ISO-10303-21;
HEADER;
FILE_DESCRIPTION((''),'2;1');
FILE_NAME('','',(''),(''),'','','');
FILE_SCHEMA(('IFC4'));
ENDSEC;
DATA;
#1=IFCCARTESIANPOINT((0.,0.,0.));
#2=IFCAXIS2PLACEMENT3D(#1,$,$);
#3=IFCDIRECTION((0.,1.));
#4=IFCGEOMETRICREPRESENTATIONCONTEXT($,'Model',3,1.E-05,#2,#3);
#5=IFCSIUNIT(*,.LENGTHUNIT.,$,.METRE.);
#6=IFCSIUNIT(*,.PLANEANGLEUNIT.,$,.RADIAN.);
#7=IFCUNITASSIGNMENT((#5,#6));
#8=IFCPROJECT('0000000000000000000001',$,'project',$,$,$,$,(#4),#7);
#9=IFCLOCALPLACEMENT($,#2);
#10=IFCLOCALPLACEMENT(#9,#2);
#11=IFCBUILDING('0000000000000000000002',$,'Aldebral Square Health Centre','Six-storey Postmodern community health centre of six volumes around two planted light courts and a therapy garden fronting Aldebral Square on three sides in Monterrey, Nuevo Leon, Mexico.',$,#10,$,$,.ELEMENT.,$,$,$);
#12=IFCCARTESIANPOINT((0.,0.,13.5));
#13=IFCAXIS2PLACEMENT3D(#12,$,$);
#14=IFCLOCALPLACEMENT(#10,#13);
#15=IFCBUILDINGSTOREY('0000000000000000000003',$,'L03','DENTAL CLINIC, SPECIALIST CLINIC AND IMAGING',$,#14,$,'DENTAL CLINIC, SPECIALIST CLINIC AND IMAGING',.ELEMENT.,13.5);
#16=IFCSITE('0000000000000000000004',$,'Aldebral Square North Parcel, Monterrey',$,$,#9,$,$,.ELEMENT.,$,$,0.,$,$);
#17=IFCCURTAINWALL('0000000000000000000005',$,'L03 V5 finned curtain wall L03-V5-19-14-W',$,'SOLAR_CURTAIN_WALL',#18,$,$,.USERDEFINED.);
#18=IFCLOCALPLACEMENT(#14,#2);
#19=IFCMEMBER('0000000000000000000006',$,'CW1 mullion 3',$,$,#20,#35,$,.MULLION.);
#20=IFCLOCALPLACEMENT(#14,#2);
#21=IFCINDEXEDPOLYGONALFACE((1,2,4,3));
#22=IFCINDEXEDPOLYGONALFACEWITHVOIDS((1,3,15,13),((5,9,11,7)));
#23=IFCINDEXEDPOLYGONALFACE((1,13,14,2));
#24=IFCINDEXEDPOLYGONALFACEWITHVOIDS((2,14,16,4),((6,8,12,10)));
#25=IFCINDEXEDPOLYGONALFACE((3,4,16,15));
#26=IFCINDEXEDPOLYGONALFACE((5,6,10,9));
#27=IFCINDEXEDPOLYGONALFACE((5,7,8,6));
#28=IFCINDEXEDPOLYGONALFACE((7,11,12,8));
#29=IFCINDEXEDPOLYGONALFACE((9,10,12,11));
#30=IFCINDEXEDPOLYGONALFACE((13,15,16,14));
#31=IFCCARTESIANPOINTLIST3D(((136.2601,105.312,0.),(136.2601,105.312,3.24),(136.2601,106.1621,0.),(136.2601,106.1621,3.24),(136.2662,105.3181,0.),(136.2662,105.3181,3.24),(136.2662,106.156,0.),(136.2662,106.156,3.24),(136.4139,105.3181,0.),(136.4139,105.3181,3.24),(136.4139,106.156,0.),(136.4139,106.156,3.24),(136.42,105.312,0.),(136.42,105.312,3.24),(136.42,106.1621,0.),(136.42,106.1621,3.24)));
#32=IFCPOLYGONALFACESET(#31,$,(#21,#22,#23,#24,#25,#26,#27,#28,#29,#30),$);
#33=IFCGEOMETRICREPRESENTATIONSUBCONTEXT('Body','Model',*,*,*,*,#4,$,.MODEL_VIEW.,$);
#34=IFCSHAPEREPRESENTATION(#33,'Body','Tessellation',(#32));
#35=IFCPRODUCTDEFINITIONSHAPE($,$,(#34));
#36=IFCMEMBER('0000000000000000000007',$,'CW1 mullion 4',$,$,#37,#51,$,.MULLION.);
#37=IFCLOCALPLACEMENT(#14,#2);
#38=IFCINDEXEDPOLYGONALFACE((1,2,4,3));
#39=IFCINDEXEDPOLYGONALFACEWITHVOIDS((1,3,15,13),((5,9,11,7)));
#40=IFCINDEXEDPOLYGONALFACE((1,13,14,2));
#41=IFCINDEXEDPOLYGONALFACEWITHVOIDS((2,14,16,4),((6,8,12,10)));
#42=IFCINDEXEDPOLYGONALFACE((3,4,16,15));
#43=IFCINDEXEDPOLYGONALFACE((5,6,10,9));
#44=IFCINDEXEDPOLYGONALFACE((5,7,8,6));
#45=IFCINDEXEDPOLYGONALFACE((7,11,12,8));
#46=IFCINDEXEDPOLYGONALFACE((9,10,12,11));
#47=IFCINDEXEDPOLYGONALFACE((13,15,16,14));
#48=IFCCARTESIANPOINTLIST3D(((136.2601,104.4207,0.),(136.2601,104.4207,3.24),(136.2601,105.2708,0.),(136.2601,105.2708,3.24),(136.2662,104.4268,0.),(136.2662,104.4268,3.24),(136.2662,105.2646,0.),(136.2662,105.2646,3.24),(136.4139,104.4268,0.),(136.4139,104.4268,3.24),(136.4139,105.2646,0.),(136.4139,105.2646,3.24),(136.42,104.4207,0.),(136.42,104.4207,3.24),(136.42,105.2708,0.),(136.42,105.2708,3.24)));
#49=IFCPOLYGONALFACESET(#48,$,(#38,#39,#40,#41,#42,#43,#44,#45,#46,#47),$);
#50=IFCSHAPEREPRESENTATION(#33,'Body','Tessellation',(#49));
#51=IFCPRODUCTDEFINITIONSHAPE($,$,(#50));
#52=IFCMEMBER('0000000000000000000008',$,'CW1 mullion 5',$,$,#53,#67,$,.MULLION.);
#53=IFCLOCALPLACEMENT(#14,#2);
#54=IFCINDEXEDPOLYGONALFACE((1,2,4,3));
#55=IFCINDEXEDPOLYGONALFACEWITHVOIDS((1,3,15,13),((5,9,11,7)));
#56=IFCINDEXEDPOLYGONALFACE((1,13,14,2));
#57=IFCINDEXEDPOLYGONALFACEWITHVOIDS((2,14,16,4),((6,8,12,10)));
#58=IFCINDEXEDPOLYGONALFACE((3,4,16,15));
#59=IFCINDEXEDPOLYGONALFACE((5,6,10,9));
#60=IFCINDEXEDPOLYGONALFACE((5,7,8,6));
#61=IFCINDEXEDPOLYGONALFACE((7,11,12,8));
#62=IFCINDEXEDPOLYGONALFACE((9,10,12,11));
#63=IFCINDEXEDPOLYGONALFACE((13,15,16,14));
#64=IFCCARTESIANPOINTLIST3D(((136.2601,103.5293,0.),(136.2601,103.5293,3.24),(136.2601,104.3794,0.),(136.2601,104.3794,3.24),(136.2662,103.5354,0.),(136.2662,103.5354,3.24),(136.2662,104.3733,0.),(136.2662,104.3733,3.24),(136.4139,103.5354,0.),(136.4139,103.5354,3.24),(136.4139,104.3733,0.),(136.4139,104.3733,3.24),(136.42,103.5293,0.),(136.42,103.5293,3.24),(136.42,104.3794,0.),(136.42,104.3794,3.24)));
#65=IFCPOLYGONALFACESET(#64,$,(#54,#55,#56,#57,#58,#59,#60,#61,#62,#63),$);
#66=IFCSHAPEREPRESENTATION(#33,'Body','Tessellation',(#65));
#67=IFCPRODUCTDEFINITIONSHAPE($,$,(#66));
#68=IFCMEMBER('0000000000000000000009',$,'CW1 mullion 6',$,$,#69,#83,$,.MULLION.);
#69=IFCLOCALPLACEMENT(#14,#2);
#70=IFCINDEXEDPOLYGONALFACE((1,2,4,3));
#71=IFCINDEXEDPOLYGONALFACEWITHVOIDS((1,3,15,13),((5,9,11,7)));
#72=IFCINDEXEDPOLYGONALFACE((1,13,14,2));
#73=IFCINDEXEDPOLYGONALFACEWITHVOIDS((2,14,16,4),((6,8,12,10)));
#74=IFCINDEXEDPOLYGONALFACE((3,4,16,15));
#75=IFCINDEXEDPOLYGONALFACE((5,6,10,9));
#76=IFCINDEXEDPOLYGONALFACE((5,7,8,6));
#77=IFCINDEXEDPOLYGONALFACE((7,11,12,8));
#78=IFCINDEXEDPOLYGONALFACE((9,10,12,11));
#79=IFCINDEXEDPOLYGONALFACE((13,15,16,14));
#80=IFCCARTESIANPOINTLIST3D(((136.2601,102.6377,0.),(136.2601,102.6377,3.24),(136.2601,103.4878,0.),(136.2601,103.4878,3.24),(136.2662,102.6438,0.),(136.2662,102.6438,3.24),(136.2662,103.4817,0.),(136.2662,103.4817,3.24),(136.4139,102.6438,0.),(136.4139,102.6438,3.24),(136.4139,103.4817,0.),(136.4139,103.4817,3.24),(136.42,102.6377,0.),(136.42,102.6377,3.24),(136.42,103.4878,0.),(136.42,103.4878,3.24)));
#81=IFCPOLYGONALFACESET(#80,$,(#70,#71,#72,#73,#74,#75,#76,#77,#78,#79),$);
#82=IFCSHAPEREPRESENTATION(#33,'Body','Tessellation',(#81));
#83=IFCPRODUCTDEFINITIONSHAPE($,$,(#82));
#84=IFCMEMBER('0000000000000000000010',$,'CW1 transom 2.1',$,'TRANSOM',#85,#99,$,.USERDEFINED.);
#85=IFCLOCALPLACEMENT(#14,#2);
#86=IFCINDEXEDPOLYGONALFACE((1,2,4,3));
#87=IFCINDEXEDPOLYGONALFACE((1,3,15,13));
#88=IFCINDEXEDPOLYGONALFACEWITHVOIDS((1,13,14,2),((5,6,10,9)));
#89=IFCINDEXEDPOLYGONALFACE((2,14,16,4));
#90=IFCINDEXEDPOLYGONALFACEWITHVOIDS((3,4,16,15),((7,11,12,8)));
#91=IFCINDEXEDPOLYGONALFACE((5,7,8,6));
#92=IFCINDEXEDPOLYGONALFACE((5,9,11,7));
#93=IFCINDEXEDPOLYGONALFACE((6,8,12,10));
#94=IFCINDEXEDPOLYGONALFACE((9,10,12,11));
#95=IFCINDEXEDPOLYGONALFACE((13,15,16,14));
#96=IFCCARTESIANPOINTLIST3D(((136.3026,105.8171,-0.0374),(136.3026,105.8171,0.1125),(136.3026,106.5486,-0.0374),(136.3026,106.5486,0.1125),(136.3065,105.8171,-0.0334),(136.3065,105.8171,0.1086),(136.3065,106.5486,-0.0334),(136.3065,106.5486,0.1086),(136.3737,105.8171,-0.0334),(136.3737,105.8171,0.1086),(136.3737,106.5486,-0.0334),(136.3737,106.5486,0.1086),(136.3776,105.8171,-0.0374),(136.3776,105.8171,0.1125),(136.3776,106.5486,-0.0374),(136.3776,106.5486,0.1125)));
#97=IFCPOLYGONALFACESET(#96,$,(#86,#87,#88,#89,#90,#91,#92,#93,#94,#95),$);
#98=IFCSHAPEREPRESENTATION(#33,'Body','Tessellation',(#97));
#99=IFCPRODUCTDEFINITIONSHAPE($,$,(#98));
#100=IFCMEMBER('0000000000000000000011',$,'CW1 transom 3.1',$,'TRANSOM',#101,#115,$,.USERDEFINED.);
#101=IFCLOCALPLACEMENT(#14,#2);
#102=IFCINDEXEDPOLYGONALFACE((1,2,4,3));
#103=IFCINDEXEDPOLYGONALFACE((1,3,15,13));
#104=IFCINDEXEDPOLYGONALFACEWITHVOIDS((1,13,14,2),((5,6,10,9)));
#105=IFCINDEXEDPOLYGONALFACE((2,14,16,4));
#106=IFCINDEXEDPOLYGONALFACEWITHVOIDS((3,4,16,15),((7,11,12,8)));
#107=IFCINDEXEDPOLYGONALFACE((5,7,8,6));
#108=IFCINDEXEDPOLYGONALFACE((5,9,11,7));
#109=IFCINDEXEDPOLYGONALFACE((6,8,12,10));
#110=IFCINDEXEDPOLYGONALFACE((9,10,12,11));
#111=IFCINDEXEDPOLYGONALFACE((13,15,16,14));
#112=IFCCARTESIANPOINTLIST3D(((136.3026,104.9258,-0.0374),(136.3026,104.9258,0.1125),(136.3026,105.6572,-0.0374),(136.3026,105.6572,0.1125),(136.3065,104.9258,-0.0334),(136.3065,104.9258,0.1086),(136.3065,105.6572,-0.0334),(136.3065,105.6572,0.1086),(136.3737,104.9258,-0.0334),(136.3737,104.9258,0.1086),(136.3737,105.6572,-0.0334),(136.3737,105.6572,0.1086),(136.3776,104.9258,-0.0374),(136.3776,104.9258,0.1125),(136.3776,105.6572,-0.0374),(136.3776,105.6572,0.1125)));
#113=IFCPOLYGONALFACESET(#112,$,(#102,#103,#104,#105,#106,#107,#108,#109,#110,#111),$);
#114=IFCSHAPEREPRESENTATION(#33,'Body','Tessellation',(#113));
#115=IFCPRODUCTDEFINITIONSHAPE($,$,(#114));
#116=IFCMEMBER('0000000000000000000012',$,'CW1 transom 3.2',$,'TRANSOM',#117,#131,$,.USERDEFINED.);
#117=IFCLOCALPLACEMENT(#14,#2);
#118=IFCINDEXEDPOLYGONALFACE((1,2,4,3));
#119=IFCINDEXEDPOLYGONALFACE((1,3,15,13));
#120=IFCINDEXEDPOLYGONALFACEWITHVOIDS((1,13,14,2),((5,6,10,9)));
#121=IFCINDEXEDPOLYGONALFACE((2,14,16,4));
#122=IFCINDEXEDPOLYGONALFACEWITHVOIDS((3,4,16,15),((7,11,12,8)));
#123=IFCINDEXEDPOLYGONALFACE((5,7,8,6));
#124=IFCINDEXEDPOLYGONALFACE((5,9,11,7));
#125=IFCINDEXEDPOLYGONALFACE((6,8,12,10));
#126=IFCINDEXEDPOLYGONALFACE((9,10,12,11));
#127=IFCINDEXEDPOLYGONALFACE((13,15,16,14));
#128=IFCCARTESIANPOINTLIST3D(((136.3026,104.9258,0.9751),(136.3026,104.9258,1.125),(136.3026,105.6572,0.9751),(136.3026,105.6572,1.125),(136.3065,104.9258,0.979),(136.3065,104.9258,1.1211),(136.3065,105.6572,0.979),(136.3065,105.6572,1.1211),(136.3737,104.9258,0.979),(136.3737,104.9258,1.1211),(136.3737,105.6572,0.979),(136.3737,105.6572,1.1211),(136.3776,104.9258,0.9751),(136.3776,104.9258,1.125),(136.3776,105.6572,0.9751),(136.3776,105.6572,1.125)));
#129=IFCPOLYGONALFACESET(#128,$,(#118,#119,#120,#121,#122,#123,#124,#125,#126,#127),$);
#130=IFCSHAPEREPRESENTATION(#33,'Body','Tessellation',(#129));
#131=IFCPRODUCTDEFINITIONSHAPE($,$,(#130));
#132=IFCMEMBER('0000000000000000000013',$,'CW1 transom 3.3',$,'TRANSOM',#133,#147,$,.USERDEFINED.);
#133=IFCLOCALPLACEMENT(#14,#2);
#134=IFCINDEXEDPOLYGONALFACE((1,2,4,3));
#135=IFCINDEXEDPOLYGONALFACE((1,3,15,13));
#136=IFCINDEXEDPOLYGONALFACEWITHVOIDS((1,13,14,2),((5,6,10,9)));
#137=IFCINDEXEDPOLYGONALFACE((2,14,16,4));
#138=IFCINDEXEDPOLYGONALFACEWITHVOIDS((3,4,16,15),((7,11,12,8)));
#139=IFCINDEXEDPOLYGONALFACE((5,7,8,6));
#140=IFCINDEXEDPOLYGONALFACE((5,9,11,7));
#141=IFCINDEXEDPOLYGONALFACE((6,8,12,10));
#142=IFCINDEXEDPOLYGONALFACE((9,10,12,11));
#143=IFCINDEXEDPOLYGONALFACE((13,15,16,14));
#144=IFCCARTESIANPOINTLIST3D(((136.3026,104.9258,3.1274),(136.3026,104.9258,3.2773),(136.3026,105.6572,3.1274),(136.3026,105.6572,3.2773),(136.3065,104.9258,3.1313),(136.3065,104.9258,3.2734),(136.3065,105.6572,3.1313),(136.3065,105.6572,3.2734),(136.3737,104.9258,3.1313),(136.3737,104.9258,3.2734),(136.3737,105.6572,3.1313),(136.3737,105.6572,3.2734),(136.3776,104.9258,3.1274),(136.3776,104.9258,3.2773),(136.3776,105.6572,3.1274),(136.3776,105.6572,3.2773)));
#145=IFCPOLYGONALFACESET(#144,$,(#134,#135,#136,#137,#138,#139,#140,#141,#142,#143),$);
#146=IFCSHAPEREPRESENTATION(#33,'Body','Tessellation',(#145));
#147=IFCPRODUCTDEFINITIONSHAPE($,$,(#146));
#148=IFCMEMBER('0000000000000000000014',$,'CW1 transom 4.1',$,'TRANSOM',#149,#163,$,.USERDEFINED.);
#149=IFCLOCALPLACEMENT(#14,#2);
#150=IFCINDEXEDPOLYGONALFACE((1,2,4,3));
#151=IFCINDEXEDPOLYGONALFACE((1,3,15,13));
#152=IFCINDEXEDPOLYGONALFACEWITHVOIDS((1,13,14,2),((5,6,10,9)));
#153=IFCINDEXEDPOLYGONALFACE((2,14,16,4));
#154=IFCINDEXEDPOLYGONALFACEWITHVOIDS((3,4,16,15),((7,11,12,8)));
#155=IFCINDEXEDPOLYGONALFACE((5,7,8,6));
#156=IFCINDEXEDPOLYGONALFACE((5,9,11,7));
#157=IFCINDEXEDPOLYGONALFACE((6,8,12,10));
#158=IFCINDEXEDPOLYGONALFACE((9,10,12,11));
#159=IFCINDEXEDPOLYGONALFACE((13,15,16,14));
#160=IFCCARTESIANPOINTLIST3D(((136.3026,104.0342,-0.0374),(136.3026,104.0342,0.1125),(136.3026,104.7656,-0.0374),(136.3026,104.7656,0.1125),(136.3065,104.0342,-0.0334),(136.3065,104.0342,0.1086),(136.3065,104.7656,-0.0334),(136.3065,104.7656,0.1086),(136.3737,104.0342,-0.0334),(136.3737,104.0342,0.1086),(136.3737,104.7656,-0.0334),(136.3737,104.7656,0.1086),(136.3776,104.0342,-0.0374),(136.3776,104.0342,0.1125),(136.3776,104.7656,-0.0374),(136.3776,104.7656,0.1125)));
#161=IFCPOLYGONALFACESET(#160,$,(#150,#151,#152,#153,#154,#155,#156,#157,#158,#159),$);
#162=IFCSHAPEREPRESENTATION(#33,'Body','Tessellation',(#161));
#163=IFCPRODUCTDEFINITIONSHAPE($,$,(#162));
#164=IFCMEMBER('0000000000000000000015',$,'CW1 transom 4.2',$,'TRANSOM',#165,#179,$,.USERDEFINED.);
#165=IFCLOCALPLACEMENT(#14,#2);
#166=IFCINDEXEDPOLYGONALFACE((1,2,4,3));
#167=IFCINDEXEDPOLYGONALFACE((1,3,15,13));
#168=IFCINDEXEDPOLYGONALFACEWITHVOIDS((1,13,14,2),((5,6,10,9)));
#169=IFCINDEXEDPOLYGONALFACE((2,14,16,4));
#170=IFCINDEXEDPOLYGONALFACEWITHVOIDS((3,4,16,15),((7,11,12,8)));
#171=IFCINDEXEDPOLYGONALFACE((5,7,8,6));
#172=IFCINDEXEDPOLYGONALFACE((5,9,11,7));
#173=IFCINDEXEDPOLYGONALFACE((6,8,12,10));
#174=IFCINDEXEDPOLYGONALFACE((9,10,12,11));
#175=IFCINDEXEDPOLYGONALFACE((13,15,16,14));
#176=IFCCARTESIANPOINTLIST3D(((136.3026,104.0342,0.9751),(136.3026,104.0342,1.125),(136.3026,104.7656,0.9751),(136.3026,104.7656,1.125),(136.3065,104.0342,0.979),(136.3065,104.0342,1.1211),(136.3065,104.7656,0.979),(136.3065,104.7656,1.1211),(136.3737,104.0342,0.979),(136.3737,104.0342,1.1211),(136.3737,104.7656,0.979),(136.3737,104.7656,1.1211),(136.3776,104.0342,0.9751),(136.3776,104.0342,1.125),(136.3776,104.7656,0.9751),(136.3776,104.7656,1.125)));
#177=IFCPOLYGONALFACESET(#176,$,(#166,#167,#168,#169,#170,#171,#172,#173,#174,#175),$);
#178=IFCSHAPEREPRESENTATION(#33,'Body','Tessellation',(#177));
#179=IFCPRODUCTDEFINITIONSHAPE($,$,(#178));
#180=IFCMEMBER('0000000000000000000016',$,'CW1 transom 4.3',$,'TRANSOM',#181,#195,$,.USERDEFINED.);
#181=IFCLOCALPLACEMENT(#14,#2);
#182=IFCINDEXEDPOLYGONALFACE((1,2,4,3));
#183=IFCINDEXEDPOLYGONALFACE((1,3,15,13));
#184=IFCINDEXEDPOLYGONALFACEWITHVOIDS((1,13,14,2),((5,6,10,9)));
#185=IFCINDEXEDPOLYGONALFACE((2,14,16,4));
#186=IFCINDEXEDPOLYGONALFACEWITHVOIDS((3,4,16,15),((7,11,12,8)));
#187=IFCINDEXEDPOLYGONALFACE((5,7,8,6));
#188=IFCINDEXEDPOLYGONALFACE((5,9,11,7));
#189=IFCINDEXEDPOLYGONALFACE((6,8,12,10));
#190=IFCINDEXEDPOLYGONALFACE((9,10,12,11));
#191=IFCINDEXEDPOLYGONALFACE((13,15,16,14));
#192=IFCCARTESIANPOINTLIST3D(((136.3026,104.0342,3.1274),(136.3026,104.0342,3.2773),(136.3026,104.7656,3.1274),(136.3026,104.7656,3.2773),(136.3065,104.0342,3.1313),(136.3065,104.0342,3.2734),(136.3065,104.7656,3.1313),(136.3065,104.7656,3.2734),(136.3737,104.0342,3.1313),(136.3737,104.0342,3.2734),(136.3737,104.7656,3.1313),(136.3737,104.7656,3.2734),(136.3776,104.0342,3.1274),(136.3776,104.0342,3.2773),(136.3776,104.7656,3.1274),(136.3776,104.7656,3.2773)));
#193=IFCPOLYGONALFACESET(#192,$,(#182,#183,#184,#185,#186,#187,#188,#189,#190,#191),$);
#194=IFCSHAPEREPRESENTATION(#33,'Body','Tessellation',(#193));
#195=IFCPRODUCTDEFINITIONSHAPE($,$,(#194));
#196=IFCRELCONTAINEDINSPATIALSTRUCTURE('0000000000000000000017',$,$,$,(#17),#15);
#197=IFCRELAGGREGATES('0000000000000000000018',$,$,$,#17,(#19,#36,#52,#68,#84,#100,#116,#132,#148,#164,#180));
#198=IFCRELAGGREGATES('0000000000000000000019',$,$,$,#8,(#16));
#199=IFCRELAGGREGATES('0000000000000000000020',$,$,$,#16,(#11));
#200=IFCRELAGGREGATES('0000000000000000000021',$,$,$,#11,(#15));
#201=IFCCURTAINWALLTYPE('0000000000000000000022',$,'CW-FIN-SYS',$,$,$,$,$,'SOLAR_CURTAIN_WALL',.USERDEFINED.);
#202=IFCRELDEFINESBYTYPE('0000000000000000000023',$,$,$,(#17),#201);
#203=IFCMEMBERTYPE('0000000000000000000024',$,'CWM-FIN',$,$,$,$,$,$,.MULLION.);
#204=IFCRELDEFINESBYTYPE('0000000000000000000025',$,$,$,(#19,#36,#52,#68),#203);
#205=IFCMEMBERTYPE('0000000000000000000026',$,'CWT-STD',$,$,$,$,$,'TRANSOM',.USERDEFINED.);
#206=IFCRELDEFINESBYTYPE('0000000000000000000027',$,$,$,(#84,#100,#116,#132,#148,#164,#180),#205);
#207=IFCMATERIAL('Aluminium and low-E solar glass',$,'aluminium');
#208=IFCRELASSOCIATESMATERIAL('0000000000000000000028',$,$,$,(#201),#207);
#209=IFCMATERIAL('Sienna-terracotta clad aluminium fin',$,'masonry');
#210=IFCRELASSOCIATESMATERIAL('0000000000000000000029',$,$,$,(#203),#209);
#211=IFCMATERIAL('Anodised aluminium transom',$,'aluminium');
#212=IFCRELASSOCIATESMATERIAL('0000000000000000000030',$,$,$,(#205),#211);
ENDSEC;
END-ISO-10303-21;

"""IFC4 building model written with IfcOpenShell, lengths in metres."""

from ifc_helpers import new_model, si_unit, direction, frame, origin, origin_2d, place, context, subcontext, project, spatial, hollow_rectangle, extrude, material, material_profile, profile_set, type_object, element, aggregate, save


model = new_model("IFC4")

# Units and contexts
model_context = context("Model", 3, precision=1e-05, world=origin(), true_north=direction((0.0, 1.0)))
body_context = subcontext(model_context, "Body", "Model", "MODEL_VIEW")
ifc_project = project(units=[si_unit("LENGTHUNIT", "METRE"), si_unit("PLANEANGLEUNIT", "RADIAN")], contexts=[model_context])

# Site, building, storey
site_placement = place(None, origin())
site = spatial("IfcSite", under=ifc_project, at=site_placement, Name="Aldebral Square North Parcel, Monterrey", CompositionType="ELEMENT", RefElevation=0.0)
building_placement = place(site_placement, origin())
building = spatial("IfcBuilding", under=site, at=building_placement, Name="Aldebral Square Health Centre", Description="Six-storey Postmodern community health centre of six volumes around two planted light courts and a therapy garden fronting Aldebral Square on three sides in Monterrey, Nuevo Leon, Mexico.", CompositionType="ELEMENT")
storey_placement = place(building_placement, frame((0.0, 0.0, 13.5)))
storey = spatial("IfcBuildingStorey", under=building, at=storey_placement, Name="L03", Description="DENTAL CLINIC, SPECIALIST CLINIC AND IMAGING", LongName="DENTAL CLINIC, SPECIALIST CLINIC AND IMAGING", CompositionType="ELEMENT", Elevation=13.5)

# Curtain wall, members
ifc_material_1 = material(Name="Aluminium and low-E solar glass", Category="aluminium")
curtain_wall_type = type_object("IfcCurtainWallType", Name="CW-FIN-SYS", ElementType="SOLAR_CURTAIN_WALL", PredefinedType="USERDEFINED", material=ifc_material_1)
curtain_wall_placement = place(storey_placement, origin())
curtain_wall = element("IfcCurtainWall", 1, at=curtain_wall_placement, inside=storey, type_object=curtain_wall_type, Name="L03 V5 finned curtain wall L03-V5-19-14-W", ObjectType="SOLAR_CURTAIN_WALL", PredefinedType="USERDEFINED")
ifc_material_2 = material(Name="Sienna-terracotta clad aluminium fin", Category="masonry")
ifc_material_profile_1 = material_profile(ifc_material_2, hollow_rectangle(XDim=0.1599, YDim=0.8501, WallThickness=0.0061, at=origin_2d()), Name="FIN 160x850x6")
ifc_profile_set_1 = profile_set([ifc_material_profile_1], Name="Sienna-terracotta clad aluminium fin")
member_type_1 = type_object("IfcMemberType", Name="CWM-FIN", PredefinedType="MULLION", material=ifc_profile_set_1)
member_1_placement = place(storey_placement, frame((136.3401, 105.7371, 0.0), z_axis=(0.0, 0.0, 1.0), x_axis=(1.0, 0.0, 0.0)))
member_1 = element("IfcMember", 2, at=member_1_placement, type_object=member_type_1, Name="CW1 mullion 3", PredefinedType="MULLION", context=body_context, shape_type="SweptSolid", body=[
    extrude(hollow_rectangle(XDim=0.1599, YDim=0.8501, WallThickness=0.0061, at=origin_2d()), origin(), (0.0, 0.0, 1.0), 3.24),
])
member_2_placement = place(storey_placement, frame((136.3401, 104.8457, 0.0), z_axis=(0.0, 0.0, 1.0), x_axis=(1.0, 0.0, 0.0)))
member_2 = element("IfcMember", 3, at=member_2_placement, type_object=member_type_1, Name="CW1 mullion 4", PredefinedType="MULLION", context=body_context, shape_type="SweptSolid", body=[
    extrude(hollow_rectangle(XDim=0.1599, YDim=0.8501, WallThickness=0.0061, at=origin_2d()), origin(), (0.0, 0.0, 1.0), 3.24),
])
member_3_placement = place(storey_placement, frame((136.3401, 103.9543, 0.0), z_axis=(0.0, 0.0, 1.0), x_axis=(1.0, 0.0, 0.0)))
member_3 = element("IfcMember", 4, at=member_3_placement, type_object=member_type_1, Name="CW1 mullion 5", PredefinedType="MULLION", context=body_context, shape_type="SweptSolid", body=[
    extrude(hollow_rectangle(XDim=0.1599, YDim=0.8501, WallThickness=0.0061, at=origin_2d()), origin(), (0.0, 0.0, 1.0), 3.24),
])
member_4_placement = place(storey_placement, frame((136.3401, 103.0627, 0.0), z_axis=(0.0, 0.0, 1.0), x_axis=(1.0, 0.0, 0.0)))
member_4 = element("IfcMember", 5, at=member_4_placement, type_object=member_type_1, Name="CW1 mullion 6", PredefinedType="MULLION", context=body_context, shape_type="SweptSolid", body=[
    extrude(hollow_rectangle(XDim=0.1599, YDim=0.8501, WallThickness=0.0061, at=origin_2d()), origin(), (0.0, 0.0, 1.0), 3.24),
])
ifc_material_3 = material(Name="Anodised aluminium transom", Category="aluminium")
ifc_material_profile_2 = material_profile(ifc_material_3, hollow_rectangle(XDim=0.075, YDim=0.1499, WallThickness=0.0039, at=origin_2d()), Name="CWT 75x150x4")
ifc_profile_set_2 = profile_set([ifc_material_profile_2], Name="Anodised aluminium transom")
member_type_2 = type_object("IfcMemberType", Name="CWT-STD", ElementType="TRANSOM", PredefinedType="USERDEFINED", material=ifc_profile_set_2)
member_5_placement = place(storey_placement, frame((136.3401, 106.5486, 0.0376), z_axis=(0.0, -1.0, 0.0), x_axis=(1.0, 0.0, 0.0)))
member_5 = element("IfcMember", 6, at=member_5_placement, type_object=member_type_2, Name="CW1 transom 2.1", ObjectType="TRANSOM", PredefinedType="USERDEFINED", context=body_context, shape_type="SweptSolid", body=[
    extrude(hollow_rectangle(XDim=0.075, YDim=0.1499, WallThickness=0.0039, at=origin_2d()), origin(), (0.0, 0.0, 1.0), 0.7314),
])
member_6_placement = place(storey_placement, frame((136.3401, 105.6572, 0.0376), z_axis=(0.0, -1.0, 0.0), x_axis=(1.0, 0.0, 0.0)))
member_6 = element("IfcMember", 7, at=member_6_placement, type_object=member_type_2, Name="CW1 transom 3.1", ObjectType="TRANSOM", PredefinedType="USERDEFINED", context=body_context, shape_type="SweptSolid", body=[
    extrude(hollow_rectangle(XDim=0.075, YDim=0.1499, WallThickness=0.0039, at=origin_2d()), origin(), (0.0, 0.0, 1.0), 0.7314),
])
member_7_placement = place(storey_placement, frame((136.3401, 105.6572, 1.05), z_axis=(0.0, -1.0, 0.0), x_axis=(1.0, 0.0, 0.0)))
member_7 = element("IfcMember", 8, at=member_7_placement, type_object=member_type_2, Name="CW1 transom 3.2", ObjectType="TRANSOM", PredefinedType="USERDEFINED", context=body_context, shape_type="SweptSolid", body=[
    extrude(hollow_rectangle(XDim=0.075, YDim=0.1499, WallThickness=0.0039, at=origin_2d()), origin(), (0.0, 0.0, 1.0), 0.7314),
])
member_8_placement = place(storey_placement, frame((136.3401, 105.6572, 3.2024), z_axis=(0.0, -1.0, 0.0), x_axis=(1.0, 0.0, 0.0)))
member_8 = element("IfcMember", 9, at=member_8_placement, type_object=member_type_2, Name="CW1 transom 3.3", ObjectType="TRANSOM", PredefinedType="USERDEFINED", context=body_context, shape_type="SweptSolid", body=[
    extrude(hollow_rectangle(XDim=0.075, YDim=0.1499, WallThickness=0.0039, at=origin_2d()), origin(), (0.0, 0.0, 1.0), 0.7314),
])
member_9_placement = place(storey_placement, frame((136.3401, 104.7656, 0.0376), z_axis=(0.0, -1.0, 0.0), x_axis=(1.0, 0.0, 0.0)))
member_9 = element("IfcMember", 10, at=member_9_placement, type_object=member_type_2, Name="CW1 transom 4.1", ObjectType="TRANSOM", PredefinedType="USERDEFINED", context=body_context, shape_type="SweptSolid", body=[
    extrude(hollow_rectangle(XDim=0.075, YDim=0.1499, WallThickness=0.0039, at=origin_2d()), origin(), (0.0, 0.0, 1.0), 0.7314),
])
member_10_placement = place(storey_placement, frame((136.3401, 104.7656, 1.05), z_axis=(0.0, -1.0, 0.0), x_axis=(1.0, 0.0, 0.0)))
member_10 = element("IfcMember", 11, at=member_10_placement, type_object=member_type_2, Name="CW1 transom 4.2", ObjectType="TRANSOM", PredefinedType="USERDEFINED", context=body_context, shape_type="SweptSolid", body=[
    extrude(hollow_rectangle(XDim=0.075, YDim=0.1499, WallThickness=0.0039, at=origin_2d()), origin(), (0.0, 0.0, 1.0), 0.7314),
])
member_11_placement = place(storey_placement, frame((136.3401, 104.7656, 3.2024), z_axis=(0.0, -1.0, 0.0), x_axis=(1.0, 0.0, 0.0)))
member_11 = element("IfcMember", 12, at=member_11_placement, type_object=member_type_2, Name="CW1 transom 4.3", ObjectType="TRANSOM", PredefinedType="USERDEFINED", context=body_context, shape_type="SweptSolid", body=[
    extrude(hollow_rectangle(XDim=0.075, YDim=0.1499, WallThickness=0.0039, at=origin_2d()), origin(), (0.0, 0.0, 1.0), 0.7314),
])
aggregate(curtain_wall, [member_1, member_2, member_3, member_4, member_5, member_6, member_7, member_8, member_9, member_10, member_11])

save(model, "model.ifc")
